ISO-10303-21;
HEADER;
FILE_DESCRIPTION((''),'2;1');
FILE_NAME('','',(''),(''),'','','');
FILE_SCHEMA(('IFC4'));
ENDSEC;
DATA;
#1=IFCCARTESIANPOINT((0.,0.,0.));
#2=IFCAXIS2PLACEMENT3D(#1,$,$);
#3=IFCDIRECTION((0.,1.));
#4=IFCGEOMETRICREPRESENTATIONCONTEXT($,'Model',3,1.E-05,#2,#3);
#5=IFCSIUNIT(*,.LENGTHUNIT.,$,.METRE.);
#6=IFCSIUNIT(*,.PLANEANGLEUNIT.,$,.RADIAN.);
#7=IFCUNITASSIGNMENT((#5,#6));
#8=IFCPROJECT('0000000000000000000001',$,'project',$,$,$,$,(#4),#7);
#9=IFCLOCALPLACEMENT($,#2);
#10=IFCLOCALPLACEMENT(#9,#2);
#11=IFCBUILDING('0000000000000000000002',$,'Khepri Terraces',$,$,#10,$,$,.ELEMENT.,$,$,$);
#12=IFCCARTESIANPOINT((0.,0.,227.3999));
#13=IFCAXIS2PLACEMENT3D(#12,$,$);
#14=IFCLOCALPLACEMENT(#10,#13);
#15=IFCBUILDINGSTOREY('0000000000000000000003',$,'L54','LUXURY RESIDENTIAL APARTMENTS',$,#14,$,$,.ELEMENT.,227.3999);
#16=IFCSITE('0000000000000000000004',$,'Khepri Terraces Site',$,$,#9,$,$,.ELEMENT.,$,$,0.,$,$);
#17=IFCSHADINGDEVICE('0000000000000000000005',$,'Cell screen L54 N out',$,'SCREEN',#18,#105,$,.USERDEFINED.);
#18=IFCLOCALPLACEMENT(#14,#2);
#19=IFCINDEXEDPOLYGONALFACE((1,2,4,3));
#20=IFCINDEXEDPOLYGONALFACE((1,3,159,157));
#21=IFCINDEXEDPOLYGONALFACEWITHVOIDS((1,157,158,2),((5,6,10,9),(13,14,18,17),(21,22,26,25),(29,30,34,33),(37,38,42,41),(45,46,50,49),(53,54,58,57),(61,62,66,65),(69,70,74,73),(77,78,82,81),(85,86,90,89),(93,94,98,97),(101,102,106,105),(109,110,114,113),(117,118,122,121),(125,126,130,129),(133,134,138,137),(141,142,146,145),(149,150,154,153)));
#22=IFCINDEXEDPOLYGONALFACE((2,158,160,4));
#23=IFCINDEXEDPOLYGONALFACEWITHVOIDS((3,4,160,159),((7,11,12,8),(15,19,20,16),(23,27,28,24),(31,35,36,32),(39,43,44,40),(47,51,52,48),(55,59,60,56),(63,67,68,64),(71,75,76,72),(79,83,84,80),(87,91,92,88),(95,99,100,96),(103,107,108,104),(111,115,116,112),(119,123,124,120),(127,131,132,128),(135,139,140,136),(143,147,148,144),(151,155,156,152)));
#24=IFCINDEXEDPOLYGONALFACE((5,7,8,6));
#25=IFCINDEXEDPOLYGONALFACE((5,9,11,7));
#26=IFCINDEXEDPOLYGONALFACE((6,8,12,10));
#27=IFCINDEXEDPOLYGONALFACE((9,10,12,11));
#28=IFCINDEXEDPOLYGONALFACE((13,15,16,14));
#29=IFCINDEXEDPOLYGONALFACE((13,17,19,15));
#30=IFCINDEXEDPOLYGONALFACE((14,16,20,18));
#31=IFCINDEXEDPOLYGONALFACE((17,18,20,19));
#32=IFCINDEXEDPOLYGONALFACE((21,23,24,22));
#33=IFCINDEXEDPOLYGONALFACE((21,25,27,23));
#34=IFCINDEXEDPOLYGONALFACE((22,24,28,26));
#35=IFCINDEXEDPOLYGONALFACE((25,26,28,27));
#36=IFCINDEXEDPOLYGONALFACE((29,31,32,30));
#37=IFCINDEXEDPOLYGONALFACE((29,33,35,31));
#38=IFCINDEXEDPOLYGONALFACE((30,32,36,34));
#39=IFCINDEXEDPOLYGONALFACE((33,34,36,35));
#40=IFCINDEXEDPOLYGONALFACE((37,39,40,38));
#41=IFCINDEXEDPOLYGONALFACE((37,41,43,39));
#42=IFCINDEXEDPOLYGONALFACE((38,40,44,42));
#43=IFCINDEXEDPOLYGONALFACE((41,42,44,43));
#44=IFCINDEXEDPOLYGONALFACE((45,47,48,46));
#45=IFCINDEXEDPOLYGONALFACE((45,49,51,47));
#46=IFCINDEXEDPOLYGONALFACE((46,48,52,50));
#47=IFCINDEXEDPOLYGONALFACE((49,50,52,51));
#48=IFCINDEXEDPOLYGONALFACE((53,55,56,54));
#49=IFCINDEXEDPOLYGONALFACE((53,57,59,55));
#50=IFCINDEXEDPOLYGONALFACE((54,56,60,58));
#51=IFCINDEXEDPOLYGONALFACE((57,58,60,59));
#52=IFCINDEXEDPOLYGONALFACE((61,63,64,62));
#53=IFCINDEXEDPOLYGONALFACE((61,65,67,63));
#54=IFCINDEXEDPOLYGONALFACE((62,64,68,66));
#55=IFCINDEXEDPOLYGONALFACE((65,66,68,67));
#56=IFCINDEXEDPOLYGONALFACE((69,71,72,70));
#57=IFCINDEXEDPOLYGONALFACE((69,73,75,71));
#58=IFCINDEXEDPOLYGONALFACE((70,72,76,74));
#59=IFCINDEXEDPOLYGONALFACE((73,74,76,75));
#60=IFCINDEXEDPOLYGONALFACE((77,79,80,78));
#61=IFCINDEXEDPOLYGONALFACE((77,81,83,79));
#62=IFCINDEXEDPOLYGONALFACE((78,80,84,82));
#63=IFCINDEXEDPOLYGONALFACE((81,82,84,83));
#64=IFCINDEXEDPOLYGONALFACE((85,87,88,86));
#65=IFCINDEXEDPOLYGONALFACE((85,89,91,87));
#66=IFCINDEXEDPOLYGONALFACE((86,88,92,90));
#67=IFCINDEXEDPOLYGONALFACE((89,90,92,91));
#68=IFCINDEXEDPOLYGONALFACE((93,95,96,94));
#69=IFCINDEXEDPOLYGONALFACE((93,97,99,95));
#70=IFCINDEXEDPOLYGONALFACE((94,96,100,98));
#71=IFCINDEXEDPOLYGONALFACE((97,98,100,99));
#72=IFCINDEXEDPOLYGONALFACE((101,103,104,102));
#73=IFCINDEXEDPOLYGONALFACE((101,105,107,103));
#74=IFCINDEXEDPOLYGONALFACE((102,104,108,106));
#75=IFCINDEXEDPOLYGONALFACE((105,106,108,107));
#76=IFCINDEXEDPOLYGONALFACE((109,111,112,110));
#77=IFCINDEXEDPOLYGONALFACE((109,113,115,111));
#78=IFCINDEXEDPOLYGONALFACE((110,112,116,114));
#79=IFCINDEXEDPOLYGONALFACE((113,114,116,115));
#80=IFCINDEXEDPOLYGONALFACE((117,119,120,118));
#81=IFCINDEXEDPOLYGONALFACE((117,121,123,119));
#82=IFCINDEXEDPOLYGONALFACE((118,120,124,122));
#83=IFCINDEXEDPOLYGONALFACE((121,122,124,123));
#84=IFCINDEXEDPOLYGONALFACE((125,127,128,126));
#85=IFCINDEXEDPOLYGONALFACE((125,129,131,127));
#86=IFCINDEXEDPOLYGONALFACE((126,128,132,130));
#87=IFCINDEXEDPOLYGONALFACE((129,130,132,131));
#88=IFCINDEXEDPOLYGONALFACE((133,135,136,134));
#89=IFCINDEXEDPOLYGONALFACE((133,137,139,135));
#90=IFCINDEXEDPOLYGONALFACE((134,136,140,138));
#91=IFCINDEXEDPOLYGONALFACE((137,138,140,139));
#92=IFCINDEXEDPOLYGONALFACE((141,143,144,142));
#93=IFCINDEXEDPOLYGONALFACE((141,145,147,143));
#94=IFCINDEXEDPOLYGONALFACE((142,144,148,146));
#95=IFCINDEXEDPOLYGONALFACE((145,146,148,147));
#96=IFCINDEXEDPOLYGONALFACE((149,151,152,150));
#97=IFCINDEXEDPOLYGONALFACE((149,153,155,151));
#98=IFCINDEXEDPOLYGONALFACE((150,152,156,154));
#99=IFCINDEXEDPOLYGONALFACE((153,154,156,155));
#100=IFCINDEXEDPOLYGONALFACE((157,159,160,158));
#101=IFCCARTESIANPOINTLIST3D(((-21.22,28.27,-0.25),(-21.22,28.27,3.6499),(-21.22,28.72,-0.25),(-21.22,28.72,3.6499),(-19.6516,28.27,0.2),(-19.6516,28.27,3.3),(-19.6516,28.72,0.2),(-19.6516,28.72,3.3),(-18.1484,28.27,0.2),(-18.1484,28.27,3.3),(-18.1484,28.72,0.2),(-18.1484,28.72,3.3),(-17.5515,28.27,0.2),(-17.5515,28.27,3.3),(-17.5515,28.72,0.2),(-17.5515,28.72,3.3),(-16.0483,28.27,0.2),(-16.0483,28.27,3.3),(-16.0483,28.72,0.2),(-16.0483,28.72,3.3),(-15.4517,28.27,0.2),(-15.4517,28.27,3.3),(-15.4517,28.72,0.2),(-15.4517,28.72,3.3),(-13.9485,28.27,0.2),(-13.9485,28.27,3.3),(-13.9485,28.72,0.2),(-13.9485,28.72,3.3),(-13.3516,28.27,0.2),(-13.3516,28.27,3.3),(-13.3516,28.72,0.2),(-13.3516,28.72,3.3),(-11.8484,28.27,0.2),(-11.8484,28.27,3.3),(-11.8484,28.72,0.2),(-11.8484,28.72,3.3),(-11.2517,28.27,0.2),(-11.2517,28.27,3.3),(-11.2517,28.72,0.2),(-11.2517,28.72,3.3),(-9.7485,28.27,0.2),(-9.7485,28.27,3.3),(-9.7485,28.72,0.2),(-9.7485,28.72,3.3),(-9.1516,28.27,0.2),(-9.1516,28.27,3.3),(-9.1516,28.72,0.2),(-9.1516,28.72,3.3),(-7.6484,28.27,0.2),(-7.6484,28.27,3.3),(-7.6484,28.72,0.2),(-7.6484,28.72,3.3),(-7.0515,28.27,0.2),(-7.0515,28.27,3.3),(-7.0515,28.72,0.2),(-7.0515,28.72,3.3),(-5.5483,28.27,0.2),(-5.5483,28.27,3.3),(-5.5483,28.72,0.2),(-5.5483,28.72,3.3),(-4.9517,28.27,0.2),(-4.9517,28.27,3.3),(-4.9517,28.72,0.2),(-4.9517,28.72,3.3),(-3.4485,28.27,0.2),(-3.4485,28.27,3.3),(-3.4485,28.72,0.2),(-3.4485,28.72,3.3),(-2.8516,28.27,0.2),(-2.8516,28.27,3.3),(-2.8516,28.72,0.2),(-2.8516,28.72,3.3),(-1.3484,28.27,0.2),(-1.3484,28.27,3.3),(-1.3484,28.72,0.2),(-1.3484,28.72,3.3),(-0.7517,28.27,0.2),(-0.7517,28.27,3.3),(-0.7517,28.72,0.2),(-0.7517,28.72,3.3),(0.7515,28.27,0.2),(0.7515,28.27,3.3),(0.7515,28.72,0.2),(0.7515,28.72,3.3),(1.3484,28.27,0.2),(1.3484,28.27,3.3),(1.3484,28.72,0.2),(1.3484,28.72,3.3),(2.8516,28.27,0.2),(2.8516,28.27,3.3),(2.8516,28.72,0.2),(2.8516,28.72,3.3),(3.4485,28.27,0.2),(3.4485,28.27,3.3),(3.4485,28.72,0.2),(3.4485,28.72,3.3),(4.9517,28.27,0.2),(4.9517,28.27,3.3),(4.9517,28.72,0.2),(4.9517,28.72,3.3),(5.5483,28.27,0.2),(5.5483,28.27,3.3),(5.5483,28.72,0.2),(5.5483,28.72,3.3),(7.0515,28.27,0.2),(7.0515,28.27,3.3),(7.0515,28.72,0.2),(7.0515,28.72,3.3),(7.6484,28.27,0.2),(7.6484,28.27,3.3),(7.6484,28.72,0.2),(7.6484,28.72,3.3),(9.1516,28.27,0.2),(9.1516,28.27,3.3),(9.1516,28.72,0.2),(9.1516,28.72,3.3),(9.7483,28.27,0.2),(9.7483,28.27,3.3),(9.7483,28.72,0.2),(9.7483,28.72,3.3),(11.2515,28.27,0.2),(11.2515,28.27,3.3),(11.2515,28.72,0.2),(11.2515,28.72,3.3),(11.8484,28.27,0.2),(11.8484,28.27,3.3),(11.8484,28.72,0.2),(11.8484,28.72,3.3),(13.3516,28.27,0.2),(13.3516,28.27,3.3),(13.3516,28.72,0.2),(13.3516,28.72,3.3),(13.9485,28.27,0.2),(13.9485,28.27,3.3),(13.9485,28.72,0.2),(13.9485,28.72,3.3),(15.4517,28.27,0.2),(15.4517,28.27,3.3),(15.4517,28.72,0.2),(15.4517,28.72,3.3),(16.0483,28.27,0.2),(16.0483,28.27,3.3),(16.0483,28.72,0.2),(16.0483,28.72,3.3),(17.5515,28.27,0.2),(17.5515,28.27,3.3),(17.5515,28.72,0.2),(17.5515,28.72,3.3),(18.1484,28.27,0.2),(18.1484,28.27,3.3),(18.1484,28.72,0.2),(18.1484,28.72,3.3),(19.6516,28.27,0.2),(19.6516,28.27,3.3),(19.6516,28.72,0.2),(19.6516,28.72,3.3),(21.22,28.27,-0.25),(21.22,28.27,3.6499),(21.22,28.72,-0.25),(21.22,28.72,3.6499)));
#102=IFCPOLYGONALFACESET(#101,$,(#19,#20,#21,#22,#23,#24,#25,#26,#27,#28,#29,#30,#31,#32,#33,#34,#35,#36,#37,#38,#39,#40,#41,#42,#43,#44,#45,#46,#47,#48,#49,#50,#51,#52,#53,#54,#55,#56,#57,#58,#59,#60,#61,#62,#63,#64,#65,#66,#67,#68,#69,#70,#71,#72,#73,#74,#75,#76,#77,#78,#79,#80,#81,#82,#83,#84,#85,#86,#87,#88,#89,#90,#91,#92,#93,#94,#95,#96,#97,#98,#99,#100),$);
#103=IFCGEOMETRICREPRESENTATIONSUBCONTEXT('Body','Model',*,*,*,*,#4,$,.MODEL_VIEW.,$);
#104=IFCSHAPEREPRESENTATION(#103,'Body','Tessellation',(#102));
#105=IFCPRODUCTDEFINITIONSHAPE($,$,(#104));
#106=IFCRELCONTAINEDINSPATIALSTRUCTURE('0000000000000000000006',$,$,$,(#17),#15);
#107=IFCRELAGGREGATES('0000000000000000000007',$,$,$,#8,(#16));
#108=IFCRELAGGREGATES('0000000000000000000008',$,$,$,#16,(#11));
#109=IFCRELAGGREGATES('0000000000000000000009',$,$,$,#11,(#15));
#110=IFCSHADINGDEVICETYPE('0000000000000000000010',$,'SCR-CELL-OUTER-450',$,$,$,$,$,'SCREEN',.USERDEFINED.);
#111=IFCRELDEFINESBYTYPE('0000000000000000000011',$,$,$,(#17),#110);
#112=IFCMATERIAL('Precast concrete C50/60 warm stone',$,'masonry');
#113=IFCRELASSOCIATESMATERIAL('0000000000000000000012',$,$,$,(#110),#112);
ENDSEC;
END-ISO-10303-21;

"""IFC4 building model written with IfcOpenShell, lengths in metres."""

from ifc_helpers import new_model, si_unit, direction, frame, origin, place, context, subcontext, project, spatial, polyline, outline, extrude, material, type_object, element, save


model = new_model("IFC4")

# Units and contexts
model_context = context("Model", 3, precision=1e-05, world=origin(), true_north=direction((0.0, 1.0)))
body_context = subcontext(model_context, "Body", "Model", "MODEL_VIEW")
ifc_project = project(units=[si_unit("LENGTHUNIT", "METRE"), si_unit("PLANEANGLEUNIT", "RADIAN")], contexts=[model_context])

# Site, building, storey
site_placement = place(None, origin())
site = spatial("IfcSite", under=ifc_project, at=site_placement, Name="Khepri Terraces Site", CompositionType="ELEMENT", RefElevation=0.0)
building_placement = place(site_placement, origin())
building = spatial("IfcBuilding", under=site, at=building_placement, Name="Khepri Terraces", CompositionType="ELEMENT")
storey_placement = place(building_placement, frame((0.0, 0.0, 227.3999)))
storey = spatial("IfcBuildingStorey", under=building, at=storey_placement, Name="L54", Description="LUXURY RESIDENTIAL APARTMENTS", CompositionType="ELEMENT", Elevation=227.3999)

# Shared definitions
ifc_material_1 = material(Name="Precast concrete C50/60 warm stone", Category="masonry")

# Shading device
shading_device_type_1 = type_object("IfcShadingDeviceType", Name="SCR-CELL-OUTER-450", ElementType="SCREEN", PredefinedType="USERDEFINED", material=ifc_material_1)
shading_device_1_placement = place(storey_placement, frame((21.22, 28.27, -0.25), z_axis=(0.0, 1.0, 0.0), x_axis=(-1.0, 0.0, 0.0)))
element("IfcShadingDevice", 1, at=shading_device_1_placement, inside=storey, type_object=shading_device_type_1, Name="Cell screen L54 N out", ObjectType="SCREEN", PredefinedType="USERDEFINED", context=body_context, shape_type="SweptSolid", body=[
    extrude(outline(polyline([(0.0, 0.0), (42.4399, 0.0), (42.4399, 3.8999), (0.0, 3.8999), (0.0, 0.0)]), holes=[polyline([(1.5684, 0.45), (3.0715, 0.45), (3.0715, 3.55), (1.5684, 3.55), (1.5684, 0.45)]), polyline([(3.6685, 0.45), (5.1716, 0.45), (5.1716, 3.55), (3.6685, 3.55), (3.6685, 0.45)]), polyline([(5.7683, 0.45), (7.2715, 0.45), (7.2715, 3.55), (5.7683, 3.55), (5.7683, 0.45)]), polyline([(7.8684, 0.45), (9.3716, 0.45), (9.3716, 3.55), (7.8684, 3.55), (7.8684, 0.45)]), polyline([(9.9685, 0.45), (11.4717, 0.45), (11.4717, 3.55), (9.9685, 3.55), (9.9685, 0.45)]), polyline([(12.0684, 0.45), (13.5715, 0.45), (13.5715, 3.55), (12.0684, 3.55), (12.0684, 0.45)]), polyline([(14.1685, 0.45), (15.6716, 0.45), (15.6716, 3.55), (14.1685, 3.55), (14.1685, 0.45)]), polyline([(16.2683, 0.45), (17.7715, 0.45), (17.7715, 3.55), (16.2683, 3.55), (16.2683, 0.45)]), polyline([(18.3684, 0.45), (19.8716, 0.45), (19.8716, 3.55), (18.3684, 3.55), (18.3684, 0.45)]), polyline([(20.4685, 0.45), (21.9717, 0.45), (21.9717, 3.55), (20.4685, 3.55), (20.4685, 0.45)]), polyline([(22.5684, 0.45), (24.0715, 0.45), (24.0715, 3.55), (22.5684, 3.55), (22.5684, 0.45)]), polyline([(24.6685, 0.45), (26.1716, 0.45), (26.1716, 3.55), (24.6685, 3.55), (24.6685, 0.45)]), polyline([(26.7683, 0.45), (28.2715, 0.45), (28.2715, 3.55), (26.7683, 3.55), (26.7683, 0.45)]), polyline([(28.8684, 0.45), (30.3716, 0.45), (30.3716, 3.55), (28.8684, 3.55), (28.8684, 0.45)]), polyline([(30.9685, 0.45), (32.4717, 0.45), (32.4717, 3.55), (30.9685, 3.55), (30.9685, 0.45)]), polyline([(33.0684, 0.45), (34.5715, 0.45), (34.5715, 3.55), (33.0684, 3.55), (33.0684, 0.45)]), polyline([(35.1685, 0.45), (36.6716, 0.45), (36.6716, 3.55), (35.1685, 3.55), (35.1685, 0.45)]), polyline([(37.2683, 0.45), (38.7715, 0.45), (38.7715, 3.55), (37.2683, 3.55), (37.2683, 0.45)]), polyline([(39.3684, 0.45), (40.8716, 0.45), (40.8716, 3.55), (39.3684, 3.55), (39.3684, 0.45)])]), origin(), (0.0, 0.0, 1.0), 0.45),
])

save(model, "model.ifc")
